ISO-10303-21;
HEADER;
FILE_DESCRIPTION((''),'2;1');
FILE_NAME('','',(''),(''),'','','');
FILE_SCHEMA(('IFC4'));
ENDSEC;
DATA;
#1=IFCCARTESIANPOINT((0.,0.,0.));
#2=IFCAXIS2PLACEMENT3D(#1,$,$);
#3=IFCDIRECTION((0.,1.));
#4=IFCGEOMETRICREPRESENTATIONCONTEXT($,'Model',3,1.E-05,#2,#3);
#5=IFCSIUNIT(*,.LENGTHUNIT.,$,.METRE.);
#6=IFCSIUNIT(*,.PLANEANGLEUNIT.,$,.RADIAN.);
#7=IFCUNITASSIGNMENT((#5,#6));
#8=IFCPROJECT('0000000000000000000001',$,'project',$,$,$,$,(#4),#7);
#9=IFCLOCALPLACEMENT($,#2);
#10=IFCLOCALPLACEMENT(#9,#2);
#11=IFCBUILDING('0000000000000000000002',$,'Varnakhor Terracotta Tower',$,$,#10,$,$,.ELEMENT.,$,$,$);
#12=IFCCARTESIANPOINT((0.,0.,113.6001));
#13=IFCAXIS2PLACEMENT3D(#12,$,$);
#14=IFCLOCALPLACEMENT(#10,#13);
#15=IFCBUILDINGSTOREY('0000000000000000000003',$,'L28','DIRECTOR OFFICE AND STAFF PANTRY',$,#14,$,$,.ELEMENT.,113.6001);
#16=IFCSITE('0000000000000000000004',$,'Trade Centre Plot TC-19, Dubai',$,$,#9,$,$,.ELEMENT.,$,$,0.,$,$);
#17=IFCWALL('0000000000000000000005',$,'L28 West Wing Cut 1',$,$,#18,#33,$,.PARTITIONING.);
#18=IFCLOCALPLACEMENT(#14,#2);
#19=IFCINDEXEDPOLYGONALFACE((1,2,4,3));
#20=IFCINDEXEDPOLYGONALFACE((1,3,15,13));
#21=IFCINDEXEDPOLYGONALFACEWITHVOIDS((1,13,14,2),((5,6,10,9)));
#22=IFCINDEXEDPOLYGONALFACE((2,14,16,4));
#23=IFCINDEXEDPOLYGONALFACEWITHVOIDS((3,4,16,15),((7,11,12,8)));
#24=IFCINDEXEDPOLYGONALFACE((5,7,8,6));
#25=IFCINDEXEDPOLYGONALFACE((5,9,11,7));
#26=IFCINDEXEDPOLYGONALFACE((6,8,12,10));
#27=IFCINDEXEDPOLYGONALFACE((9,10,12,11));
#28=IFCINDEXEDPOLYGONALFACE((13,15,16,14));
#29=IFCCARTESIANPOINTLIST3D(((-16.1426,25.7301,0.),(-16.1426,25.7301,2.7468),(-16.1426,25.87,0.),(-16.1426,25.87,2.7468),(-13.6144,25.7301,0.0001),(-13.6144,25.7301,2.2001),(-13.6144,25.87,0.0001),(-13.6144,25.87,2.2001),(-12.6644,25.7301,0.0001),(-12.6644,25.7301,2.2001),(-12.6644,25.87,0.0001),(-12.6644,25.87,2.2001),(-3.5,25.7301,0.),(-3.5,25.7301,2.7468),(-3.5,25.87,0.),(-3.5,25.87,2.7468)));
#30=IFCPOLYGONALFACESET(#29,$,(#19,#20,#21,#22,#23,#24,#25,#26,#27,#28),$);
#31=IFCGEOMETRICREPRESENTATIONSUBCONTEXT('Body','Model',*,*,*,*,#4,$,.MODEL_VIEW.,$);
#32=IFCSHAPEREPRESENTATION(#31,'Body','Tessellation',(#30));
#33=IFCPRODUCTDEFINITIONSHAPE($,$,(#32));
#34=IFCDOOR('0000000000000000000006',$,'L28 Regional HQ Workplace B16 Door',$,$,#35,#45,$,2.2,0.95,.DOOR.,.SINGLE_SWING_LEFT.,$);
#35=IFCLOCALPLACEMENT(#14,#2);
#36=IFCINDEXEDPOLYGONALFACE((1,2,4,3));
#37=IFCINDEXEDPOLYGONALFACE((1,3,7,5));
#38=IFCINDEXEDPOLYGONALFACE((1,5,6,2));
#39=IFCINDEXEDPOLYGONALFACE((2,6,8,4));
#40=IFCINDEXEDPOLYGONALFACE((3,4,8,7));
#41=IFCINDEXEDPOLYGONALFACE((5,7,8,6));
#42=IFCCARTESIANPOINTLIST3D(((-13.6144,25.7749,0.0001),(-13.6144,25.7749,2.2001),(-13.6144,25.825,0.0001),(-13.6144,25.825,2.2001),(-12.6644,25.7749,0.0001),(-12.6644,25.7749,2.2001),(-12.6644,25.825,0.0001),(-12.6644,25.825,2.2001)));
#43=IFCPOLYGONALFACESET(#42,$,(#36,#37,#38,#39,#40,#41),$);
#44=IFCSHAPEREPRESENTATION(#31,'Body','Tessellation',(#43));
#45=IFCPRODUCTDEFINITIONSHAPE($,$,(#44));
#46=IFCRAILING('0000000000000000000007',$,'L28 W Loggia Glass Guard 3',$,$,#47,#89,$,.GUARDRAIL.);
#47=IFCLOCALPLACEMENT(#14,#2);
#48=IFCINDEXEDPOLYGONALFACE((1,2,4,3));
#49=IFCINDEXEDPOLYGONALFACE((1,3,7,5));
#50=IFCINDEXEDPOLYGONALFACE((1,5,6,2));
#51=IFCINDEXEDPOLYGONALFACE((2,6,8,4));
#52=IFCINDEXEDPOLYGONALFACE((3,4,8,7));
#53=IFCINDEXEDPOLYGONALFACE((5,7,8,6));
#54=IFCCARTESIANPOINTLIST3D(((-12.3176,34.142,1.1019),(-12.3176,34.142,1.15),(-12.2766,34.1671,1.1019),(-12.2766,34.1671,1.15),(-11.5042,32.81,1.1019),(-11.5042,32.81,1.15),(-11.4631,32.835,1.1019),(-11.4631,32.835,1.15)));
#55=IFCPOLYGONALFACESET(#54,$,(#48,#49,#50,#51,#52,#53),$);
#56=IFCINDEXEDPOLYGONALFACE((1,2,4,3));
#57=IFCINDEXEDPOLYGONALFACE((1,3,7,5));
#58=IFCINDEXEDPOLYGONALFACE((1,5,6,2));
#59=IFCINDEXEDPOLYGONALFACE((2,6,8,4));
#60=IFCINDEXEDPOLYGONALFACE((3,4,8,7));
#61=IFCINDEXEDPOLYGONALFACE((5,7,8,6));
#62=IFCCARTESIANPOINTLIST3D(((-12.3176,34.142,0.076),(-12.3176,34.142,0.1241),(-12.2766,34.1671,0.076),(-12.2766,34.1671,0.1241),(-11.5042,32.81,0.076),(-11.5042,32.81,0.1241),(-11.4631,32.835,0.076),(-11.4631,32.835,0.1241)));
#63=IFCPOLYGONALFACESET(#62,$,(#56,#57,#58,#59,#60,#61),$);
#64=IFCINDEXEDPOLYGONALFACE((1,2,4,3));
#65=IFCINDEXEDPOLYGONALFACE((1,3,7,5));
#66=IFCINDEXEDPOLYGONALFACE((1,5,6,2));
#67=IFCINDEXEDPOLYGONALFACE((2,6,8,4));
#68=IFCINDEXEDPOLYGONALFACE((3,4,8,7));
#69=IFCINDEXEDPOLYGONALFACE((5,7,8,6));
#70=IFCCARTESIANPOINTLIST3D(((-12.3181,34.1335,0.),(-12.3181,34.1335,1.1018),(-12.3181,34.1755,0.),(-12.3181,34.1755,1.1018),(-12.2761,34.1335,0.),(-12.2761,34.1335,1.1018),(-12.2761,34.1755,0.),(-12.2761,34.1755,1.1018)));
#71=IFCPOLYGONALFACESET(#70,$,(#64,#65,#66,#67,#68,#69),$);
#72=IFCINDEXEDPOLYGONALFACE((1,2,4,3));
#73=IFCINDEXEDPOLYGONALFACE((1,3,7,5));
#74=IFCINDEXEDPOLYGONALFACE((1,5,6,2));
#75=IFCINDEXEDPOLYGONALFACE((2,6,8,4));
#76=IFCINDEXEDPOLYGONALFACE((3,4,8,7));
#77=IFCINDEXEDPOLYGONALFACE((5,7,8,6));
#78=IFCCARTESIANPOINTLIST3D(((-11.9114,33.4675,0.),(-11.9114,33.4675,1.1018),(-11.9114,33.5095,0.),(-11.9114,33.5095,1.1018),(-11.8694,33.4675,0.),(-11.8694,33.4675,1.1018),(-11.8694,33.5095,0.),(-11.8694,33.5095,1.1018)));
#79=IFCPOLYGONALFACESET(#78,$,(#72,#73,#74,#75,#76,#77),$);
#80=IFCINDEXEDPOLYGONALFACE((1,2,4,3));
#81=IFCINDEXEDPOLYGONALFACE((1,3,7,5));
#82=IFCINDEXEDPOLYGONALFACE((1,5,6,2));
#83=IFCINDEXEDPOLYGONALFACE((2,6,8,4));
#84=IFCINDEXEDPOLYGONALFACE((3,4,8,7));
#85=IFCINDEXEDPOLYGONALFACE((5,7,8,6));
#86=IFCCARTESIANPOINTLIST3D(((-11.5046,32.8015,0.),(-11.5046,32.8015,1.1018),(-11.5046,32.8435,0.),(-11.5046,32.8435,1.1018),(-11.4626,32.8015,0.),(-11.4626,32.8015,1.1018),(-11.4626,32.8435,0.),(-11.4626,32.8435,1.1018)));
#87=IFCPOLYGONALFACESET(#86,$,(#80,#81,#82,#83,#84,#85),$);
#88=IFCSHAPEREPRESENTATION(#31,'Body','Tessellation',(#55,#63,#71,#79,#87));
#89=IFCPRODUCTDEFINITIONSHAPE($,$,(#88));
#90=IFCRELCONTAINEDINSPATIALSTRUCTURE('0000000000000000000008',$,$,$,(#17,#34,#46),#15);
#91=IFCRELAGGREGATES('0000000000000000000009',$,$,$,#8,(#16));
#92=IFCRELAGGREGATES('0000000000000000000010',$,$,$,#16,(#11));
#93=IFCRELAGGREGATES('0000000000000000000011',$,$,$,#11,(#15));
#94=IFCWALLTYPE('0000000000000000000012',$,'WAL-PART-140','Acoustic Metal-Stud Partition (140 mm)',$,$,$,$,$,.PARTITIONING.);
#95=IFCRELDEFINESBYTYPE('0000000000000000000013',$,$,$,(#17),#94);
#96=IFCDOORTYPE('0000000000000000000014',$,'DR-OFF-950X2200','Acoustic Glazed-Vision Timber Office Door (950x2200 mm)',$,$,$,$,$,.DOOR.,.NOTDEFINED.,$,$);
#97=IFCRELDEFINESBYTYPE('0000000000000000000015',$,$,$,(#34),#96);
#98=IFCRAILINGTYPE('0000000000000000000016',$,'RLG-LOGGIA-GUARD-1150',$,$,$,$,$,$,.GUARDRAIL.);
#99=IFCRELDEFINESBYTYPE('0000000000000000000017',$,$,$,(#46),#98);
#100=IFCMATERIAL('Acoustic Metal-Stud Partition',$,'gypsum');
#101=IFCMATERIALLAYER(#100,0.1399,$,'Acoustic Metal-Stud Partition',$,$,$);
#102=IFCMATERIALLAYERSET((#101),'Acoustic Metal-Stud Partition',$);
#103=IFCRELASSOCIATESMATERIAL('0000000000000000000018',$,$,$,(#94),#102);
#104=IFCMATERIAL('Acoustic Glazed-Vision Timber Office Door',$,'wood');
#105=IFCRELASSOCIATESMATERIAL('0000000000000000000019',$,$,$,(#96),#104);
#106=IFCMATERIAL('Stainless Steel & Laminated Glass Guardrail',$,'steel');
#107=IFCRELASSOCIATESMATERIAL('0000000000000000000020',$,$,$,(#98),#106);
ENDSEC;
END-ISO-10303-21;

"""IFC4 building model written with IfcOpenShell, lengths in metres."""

from ifc_helpers import new_model, si_unit, direction, frame, frame_2d, origin, origin_2d, place, context, subcontext, project, spatial, rectangle, extrude, source, transform, mapped, material, layer, layer_set, type_object, type_shapes, element, fill, save


model = new_model("IFC4")

# Units and contexts
model_context = context("Model", 3, precision=1e-05, world=origin(), true_north=direction((0.0, 1.0)))
body_context = subcontext(model_context, "Body", "Model", "MODEL_VIEW")
ifc_project = project(units=[si_unit("LENGTHUNIT", "METRE"), si_unit("PLANEANGLEUNIT", "RADIAN")], contexts=[model_context])

# Site, building, storey
site_placement = place(None, origin())
site = spatial("IfcSite", under=ifc_project, at=site_placement, Name="Trade Centre Plot TC-19, Dubai", CompositionType="ELEMENT", RefElevation=0.0)
building_placement = place(site_placement, origin())
building = spatial("IfcBuilding", under=site, at=building_placement, Name="Varnakhor Terracotta Tower", CompositionType="ELEMENT")
storey_placement = place(building_placement, frame((0.0, 0.0, 113.6001)))
storey = spatial("IfcBuildingStorey", under=building, at=storey_placement, Name="L28", Description="DIRECTOR OFFICE AND STAFF PANTRY", CompositionType="ELEMENT", Elevation=113.6001)

# Shared definitions
ifc_material_1 = material(Name="Acoustic Metal-Stud Partition", Category="gypsum")
ifc_layer_1 = layer(ifc_material_1, 0.1399, Name="Acoustic Metal-Stud Partition")
ifc_layer_set_1 = layer_set([ifc_layer_1], Name="Acoustic Metal-Stud Partition")
wall_type_1 = type_object("IfcWallType", Name="WAL-PART-140", Description="Acoustic Metal-Stud Partition (140 mm)", PredefinedType="PARTITIONING", material=ifc_layer_set_1)

# Wall, opening, door
wall_1_placement = place(storey_placement, frame((-16.1426, 25.8, 0.0), z_axis=(0.0, 0.0, 1.0), x_axis=(1.0, 0.0, 0.0)))
wall_1 = element("IfcWall", 1, at=wall_1_placement, inside=storey, type_object=wall_type_1, Name="L28 West Wing Cut 1", PredefinedType="PARTITIONING", context=body_context, shape_type="SweptSolid", body=[
    extrude(rectangle(XDim=12.6426, YDim=0.1399, at=frame_2d((6.3213, 0.0))), origin(), (0.0, 0.0, 1.0), 2.7468),
])
opening_placement = place(wall_1_placement, frame((2.5281, 0.0, 0.0)))
opening = element("IfcOpeningElement", 2, at=opening_placement, cuts=wall_1, PredefinedType="OPENING", context=body_context, shape_type="SweptSolid", body=[
    extrude(rectangle(XDim=0.95, YDim=2.2, at=frame_2d((0.4751, 1.1001))), frame((0.0, 0.0801, 0.0), z_axis=(0.0, -1.0, 0.0), x_axis=(1.0, 0.0, 0.0)), (0.0, 0.0, 1.0), 0.1599),
])
ifc_material_2 = material(Name="Acoustic Glazed-Vision Timber Office Door", Category="wood")
door_type = type_object("IfcDoorType", Name="DR-OFF-950X2200", Description="Acoustic Glazed-Vision Timber Office Door (950x2200 mm)", OperationType="NOTDEFINED", PredefinedType="DOOR", material=ifc_material_2)
shared_shape_1 = source(origin(), body_context, "Body", "SweptSolid", [
    extrude(rectangle(XDim=0.95, YDim=2.2, at=frame_2d((0.4751, 1.1001))), frame((0.0, 0.0249, 0.0), z_axis=(0.0, -1.0, 0.0), x_axis=(1.0, 0.0, 0.0)), (0.0, 0.0, 1.0), 0.05),
])
type_shapes(door_type, [shared_shape_1])
door_placement = place(opening_placement, origin())
door = element("IfcDoor", 3, at=door_placement, inside=storey, type_object=door_type, Name="L28 Regional HQ Workplace B16 Door", OperationType="SINGLE_SWING_LEFT", OverallHeight=2.2, OverallWidth=0.95, PredefinedType="DOOR", context=body_context, shape_type="MappedRepresentation", body=[
    mapped(shared_shape_1, transform((0.0, 0.0, 0.0), scale=1.0)),
])
fill(opening, door)

# Railing
ifc_material_3 = material(Name="Stainless Steel & Laminated Glass Guardrail", Category="steel")
railing_type = type_object("IfcRailingType", Name="RLG-LOGGIA-GUARD-1150", PredefinedType="GUARDRAIL", material=ifc_material_3)
railing_placement = place(storey_placement, frame((-12.2971, 34.1545, 0.0)))
element("IfcRailing", 4, at=railing_placement, inside=storey, type_object=railing_type, Name="L28 W Loggia Glass Guard 3", PredefinedType="GUARDRAIL", context=body_context, shape_type="SweptSolid", body=[
    extrude(rectangle(XDim=0.0481, YDim=0.0481, at=origin_2d()), frame((0.0, 0.0, 1.126), z_axis=(0.521197, -0.853436, 0.0), x_axis=(0.853436, 0.521197, 0.0)), (0.0, 0.0, 1.0), 1.5608),
    extrude(rectangle(XDim=0.0481, YDim=0.0481, at=origin_2d()), frame((0.0, 0.0, 0.1001), z_axis=(0.521197, -0.853436, 0.0), x_axis=(0.853436, 0.521197, 0.0)), (0.0, 0.0, 1.0), 1.5608),
    extrude(rectangle(XDim=0.042, YDim=0.042, at=origin_2d()), origin(), (0.0, 0.0, 1.0), 1.1018),
    extrude(rectangle(XDim=0.042, YDim=0.042, at=origin_2d()), frame((0.4067, -0.666, 0.0)), (0.0, 0.0, 1.0), 1.1018),
    extrude(rectangle(XDim=0.042, YDim=0.042, at=origin_2d()), frame((0.8135, -1.332, 0.0)), (0.0, 0.0, 1.0), 1.1018),
])

save(model, "model.ifc")
